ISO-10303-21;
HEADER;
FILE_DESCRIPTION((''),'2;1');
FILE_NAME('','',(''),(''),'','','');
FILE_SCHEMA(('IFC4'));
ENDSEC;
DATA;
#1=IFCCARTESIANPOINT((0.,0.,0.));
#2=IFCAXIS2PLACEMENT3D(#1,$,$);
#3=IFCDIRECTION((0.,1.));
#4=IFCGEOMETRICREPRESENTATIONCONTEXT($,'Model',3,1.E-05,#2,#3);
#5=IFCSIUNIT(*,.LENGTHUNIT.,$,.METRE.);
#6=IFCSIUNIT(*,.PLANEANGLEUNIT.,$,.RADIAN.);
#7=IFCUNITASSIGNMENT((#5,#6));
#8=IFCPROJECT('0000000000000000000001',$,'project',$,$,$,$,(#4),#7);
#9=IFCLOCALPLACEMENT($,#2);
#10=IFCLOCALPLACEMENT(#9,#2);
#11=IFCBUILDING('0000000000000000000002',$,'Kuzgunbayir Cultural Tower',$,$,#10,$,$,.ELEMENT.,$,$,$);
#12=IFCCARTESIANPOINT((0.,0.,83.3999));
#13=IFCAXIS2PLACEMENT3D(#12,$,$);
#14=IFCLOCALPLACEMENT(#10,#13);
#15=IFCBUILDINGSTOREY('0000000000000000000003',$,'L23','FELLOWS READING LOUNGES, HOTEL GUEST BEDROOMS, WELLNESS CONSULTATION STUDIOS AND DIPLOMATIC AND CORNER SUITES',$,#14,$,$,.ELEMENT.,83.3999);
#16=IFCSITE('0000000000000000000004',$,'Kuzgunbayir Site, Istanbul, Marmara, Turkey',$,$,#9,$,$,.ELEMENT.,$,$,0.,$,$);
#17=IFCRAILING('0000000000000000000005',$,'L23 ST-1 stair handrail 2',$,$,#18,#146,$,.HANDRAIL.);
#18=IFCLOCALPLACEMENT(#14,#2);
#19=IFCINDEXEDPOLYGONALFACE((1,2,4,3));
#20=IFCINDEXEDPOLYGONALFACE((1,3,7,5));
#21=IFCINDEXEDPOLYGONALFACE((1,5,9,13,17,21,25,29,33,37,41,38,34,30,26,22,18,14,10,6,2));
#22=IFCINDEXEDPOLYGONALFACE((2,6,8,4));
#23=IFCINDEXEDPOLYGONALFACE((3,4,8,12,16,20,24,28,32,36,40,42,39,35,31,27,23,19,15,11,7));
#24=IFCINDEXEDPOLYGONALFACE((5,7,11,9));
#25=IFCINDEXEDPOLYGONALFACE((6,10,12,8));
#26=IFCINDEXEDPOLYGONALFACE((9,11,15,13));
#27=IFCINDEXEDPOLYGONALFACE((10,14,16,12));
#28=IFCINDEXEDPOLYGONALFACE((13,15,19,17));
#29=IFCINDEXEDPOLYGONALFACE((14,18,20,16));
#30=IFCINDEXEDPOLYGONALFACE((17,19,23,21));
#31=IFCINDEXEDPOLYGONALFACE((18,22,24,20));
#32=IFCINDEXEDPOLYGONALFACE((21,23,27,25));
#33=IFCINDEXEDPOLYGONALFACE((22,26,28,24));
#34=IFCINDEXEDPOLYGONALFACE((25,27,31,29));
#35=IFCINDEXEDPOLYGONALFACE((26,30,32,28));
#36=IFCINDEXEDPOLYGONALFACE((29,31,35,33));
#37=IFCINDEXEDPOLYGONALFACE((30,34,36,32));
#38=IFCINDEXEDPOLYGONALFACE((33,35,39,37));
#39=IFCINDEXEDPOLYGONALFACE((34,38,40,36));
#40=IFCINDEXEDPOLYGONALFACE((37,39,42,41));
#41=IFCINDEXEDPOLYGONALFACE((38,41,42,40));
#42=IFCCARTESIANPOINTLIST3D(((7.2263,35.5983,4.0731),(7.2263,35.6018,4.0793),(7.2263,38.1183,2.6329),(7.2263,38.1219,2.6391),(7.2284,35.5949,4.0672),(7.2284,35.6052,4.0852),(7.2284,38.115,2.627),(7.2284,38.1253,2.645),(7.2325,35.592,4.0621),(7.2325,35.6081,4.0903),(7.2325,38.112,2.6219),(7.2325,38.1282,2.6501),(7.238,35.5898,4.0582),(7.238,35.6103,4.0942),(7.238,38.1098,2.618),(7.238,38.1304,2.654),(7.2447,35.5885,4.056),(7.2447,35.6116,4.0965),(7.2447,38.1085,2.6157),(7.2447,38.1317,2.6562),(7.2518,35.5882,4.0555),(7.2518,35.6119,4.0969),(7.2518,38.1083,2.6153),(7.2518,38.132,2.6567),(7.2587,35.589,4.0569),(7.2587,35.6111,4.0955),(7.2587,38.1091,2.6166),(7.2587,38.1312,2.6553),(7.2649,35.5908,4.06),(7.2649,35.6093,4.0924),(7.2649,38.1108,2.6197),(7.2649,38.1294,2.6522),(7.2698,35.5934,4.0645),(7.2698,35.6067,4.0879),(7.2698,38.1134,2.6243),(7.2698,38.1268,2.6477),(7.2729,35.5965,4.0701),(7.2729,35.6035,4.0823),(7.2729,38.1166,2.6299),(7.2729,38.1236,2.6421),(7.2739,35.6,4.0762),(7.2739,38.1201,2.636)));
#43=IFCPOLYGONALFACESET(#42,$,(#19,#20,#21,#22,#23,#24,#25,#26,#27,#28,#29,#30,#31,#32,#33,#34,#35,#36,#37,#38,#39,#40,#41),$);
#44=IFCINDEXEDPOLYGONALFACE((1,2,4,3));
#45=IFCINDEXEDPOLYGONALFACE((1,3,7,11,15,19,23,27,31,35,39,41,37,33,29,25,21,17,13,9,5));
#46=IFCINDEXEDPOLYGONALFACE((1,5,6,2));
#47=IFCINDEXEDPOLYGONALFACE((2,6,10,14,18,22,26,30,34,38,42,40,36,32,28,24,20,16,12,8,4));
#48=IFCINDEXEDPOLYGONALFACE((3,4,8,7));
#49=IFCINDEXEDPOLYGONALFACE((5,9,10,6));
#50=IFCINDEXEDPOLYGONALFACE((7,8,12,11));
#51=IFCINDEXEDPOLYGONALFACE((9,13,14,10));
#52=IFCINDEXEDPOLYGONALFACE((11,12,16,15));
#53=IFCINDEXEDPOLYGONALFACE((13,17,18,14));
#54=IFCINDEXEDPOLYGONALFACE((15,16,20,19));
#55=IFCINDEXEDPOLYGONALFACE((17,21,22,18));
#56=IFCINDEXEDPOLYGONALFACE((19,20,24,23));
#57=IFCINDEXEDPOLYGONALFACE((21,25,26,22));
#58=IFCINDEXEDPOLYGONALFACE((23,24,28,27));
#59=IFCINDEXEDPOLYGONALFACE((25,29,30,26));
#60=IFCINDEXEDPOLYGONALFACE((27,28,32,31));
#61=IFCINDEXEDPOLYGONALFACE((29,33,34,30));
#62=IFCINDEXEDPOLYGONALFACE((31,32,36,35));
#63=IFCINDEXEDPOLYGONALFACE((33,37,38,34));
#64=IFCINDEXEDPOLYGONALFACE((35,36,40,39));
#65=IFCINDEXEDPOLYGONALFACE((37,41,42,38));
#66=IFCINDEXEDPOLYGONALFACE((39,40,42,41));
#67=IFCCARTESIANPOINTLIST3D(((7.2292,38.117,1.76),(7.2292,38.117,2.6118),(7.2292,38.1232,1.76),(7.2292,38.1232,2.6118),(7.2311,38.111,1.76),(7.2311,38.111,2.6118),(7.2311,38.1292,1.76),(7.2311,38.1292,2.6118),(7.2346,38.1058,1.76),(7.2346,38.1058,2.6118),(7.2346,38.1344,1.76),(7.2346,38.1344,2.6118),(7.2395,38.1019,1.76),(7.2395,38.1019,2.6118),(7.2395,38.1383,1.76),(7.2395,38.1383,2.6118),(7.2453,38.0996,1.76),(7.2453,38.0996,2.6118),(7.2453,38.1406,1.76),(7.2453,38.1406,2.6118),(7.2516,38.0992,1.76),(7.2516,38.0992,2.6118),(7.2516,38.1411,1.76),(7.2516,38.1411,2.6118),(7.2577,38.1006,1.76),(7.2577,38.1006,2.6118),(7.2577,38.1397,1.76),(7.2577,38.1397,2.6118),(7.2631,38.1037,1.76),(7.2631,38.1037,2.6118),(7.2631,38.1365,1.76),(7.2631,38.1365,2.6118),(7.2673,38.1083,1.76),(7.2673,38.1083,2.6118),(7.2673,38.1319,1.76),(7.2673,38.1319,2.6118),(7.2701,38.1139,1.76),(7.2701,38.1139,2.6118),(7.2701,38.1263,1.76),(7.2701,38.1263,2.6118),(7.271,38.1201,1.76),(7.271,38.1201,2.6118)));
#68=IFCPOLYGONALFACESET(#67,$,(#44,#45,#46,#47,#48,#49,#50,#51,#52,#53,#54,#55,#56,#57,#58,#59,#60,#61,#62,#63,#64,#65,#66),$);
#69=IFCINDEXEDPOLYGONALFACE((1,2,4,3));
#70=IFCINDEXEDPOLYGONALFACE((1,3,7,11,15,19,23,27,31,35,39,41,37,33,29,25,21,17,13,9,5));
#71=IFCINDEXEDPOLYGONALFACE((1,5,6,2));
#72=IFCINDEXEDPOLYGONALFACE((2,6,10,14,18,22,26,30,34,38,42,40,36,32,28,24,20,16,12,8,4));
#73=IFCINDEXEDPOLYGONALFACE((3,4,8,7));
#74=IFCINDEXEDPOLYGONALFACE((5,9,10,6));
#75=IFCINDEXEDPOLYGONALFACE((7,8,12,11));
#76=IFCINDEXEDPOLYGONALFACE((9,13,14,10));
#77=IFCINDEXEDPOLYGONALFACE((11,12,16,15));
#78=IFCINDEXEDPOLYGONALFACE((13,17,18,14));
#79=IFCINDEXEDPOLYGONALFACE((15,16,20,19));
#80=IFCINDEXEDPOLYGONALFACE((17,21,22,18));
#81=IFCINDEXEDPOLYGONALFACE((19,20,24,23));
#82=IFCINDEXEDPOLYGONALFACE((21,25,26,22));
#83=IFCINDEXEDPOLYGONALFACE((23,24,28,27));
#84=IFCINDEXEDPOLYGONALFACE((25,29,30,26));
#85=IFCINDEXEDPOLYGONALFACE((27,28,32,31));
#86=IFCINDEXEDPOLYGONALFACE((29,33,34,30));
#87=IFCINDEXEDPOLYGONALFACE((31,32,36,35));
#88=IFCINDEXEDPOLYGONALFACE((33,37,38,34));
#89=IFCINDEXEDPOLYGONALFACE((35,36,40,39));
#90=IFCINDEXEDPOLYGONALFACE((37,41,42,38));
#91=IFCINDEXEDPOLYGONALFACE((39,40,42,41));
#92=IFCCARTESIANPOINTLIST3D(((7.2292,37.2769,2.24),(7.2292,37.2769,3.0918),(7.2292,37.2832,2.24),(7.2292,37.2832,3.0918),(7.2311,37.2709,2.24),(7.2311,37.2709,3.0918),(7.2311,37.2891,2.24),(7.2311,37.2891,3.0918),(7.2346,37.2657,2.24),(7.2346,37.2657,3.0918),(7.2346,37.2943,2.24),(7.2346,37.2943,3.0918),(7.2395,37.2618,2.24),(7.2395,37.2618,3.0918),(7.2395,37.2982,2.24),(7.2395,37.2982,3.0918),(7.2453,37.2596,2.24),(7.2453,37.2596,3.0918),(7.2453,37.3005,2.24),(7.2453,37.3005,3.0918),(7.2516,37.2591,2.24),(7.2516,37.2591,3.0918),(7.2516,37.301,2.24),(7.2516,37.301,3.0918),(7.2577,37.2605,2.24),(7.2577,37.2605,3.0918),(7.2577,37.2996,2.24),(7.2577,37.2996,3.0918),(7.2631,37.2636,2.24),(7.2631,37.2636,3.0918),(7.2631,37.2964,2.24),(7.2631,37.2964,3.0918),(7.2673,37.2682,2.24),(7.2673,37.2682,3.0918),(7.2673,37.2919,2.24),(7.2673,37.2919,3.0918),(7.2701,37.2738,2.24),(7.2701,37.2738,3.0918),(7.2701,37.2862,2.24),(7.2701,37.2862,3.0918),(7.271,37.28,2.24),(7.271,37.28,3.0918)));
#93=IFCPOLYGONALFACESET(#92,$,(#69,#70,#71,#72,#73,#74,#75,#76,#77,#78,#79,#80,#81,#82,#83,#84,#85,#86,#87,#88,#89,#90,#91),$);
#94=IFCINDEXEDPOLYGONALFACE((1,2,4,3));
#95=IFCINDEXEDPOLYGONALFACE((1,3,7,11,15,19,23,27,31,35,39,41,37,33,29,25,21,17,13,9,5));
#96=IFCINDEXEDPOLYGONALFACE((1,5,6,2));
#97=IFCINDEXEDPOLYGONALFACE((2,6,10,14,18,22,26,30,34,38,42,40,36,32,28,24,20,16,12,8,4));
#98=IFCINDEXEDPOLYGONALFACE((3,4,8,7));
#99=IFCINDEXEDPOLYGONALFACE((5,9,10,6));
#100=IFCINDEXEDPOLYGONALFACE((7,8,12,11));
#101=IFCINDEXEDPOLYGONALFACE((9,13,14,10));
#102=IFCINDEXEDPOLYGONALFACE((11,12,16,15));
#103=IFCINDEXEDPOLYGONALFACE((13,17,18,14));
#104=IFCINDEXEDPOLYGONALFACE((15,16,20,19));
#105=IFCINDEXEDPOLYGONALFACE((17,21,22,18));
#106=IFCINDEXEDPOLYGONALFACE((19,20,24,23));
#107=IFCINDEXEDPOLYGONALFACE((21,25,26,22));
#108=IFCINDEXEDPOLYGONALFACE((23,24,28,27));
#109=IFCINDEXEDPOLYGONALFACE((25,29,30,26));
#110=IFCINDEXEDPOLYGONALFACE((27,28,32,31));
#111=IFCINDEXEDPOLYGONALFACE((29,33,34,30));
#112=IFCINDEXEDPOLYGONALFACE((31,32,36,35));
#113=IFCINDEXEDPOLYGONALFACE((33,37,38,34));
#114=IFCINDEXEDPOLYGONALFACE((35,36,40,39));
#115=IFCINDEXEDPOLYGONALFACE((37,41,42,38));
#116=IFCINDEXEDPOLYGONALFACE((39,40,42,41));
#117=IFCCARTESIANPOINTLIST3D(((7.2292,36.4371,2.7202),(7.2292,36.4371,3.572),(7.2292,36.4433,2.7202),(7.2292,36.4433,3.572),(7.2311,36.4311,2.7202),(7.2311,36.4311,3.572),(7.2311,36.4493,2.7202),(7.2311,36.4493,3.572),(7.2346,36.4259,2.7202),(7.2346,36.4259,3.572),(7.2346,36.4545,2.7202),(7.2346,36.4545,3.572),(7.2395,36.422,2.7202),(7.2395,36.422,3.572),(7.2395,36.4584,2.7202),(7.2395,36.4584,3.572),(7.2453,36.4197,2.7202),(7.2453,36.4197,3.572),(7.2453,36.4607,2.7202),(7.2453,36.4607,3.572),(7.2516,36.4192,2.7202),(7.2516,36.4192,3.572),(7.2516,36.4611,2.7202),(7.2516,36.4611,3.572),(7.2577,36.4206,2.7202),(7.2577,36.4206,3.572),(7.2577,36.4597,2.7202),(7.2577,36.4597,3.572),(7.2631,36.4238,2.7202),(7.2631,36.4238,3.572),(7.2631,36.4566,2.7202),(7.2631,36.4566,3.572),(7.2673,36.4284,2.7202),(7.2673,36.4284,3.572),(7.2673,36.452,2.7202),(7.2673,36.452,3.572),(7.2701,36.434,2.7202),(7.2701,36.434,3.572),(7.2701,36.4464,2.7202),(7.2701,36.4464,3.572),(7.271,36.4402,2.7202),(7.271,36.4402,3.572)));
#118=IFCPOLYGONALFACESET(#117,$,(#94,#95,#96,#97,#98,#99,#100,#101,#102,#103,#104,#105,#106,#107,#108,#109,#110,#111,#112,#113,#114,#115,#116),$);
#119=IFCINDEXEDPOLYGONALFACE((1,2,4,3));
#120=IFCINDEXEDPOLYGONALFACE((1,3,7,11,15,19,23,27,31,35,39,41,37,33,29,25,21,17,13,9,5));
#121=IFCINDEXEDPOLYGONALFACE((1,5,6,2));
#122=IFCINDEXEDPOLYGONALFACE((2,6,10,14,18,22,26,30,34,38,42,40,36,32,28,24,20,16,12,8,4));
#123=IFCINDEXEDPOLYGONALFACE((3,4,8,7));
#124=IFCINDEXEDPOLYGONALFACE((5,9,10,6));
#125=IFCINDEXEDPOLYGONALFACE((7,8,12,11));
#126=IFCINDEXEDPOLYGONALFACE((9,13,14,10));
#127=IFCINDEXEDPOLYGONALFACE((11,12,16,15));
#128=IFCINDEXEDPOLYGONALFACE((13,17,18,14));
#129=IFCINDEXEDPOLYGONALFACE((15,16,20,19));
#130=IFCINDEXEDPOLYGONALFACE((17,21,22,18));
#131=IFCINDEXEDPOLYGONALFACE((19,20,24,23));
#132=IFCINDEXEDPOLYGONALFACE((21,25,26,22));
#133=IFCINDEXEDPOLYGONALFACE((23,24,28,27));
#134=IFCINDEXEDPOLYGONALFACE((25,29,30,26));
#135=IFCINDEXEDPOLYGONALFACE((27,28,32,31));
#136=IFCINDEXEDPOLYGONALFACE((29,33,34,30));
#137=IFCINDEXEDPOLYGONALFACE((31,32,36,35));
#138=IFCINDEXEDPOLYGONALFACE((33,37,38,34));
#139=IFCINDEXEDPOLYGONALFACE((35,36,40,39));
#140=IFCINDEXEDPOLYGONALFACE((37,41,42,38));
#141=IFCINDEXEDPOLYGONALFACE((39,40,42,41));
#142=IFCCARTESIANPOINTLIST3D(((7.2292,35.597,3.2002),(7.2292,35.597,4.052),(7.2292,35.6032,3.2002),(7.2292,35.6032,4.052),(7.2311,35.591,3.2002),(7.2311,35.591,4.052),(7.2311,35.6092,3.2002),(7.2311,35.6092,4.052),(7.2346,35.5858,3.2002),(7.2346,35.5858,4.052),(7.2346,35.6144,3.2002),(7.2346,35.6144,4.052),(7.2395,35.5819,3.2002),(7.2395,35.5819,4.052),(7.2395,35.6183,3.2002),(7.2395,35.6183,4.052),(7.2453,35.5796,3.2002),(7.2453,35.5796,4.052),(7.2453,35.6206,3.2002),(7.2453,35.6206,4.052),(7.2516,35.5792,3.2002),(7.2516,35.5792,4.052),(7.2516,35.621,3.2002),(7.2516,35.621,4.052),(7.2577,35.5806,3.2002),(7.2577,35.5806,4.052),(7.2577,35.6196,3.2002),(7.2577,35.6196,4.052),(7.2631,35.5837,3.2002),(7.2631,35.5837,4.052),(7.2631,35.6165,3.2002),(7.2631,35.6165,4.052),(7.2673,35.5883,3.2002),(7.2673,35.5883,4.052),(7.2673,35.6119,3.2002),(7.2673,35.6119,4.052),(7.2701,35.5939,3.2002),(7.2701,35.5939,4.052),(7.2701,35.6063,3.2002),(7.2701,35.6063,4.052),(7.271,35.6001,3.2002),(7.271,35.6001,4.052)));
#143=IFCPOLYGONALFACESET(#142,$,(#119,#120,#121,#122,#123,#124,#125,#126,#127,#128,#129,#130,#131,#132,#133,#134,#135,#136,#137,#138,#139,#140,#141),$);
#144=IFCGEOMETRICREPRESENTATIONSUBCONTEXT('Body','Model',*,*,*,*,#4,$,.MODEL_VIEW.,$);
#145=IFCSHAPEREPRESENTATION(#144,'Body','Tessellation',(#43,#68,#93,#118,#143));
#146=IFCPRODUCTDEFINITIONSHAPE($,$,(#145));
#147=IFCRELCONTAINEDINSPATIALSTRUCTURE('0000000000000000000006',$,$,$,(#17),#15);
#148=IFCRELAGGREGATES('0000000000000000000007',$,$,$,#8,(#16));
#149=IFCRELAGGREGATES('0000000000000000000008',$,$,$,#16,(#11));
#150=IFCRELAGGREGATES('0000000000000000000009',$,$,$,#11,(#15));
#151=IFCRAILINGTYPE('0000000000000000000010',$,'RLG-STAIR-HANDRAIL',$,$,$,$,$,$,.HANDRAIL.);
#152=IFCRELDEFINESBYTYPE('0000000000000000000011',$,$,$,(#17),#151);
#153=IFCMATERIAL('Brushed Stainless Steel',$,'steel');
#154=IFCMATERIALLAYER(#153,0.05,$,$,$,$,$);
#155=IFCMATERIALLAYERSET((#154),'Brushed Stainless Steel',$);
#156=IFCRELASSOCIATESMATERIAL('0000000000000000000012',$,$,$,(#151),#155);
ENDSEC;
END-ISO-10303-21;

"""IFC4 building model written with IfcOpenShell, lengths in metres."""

from ifc_helpers import new_model, si_unit, direction, frame, origin, origin_2d, place, context, subcontext, project, spatial, circle, extrude, material, layer, layer_set, type_object, element, save


model = new_model("IFC4")

# Units and contexts
model_context = context("Model", 3, precision=1e-05, world=origin(), true_north=direction((0.0, 1.0)))
body_context = subcontext(model_context, "Body", "Model", "MODEL_VIEW")
ifc_project = project(units=[si_unit("LENGTHUNIT", "METRE"), si_unit("PLANEANGLEUNIT", "RADIAN")], contexts=[model_context])

# Site, building, storey
site_placement = place(None, origin())
site = spatial("IfcSite", under=ifc_project, at=site_placement, Name="Kuzgunbayir Site, Istanbul, Marmara, Turkey", CompositionType="ELEMENT", RefElevation=0.0)
building_placement = place(site_placement, origin())
building = spatial("IfcBuilding", under=site, at=building_placement, Name="Kuzgunbayir Cultural Tower", CompositionType="ELEMENT")
storey_placement = place(building_placement, frame((0.0, 0.0, 83.3999)))
storey = spatial("IfcBuildingStorey", under=building, at=storey_placement, Name="L23", Description="FELLOWS READING LOUNGES, HOTEL GUEST BEDROOMS, WELLNESS CONSULTATION STUDIOS AND DIPLOMATIC AND CORNER SUITES", CompositionType="ELEMENT", Elevation=83.3999)

# Shared definitions
ifc_material_1 = material(Name="Brushed Stainless Steel", Category="steel")

# Railing
ifc_layer_1 = layer(ifc_material_1, 0.05)
ifc_layer_set_1 = layer_set([ifc_layer_1], Name="Brushed Stainless Steel")
railing_type_1 = type_object("IfcRailingType", Name="RLG-STAIR-HANDRAIL", PredefinedType="HANDRAIL", material=ifc_layer_set_1)
railing_1_placement = place(storey_placement, frame((7.25, 38.1201, 1.76)))
element("IfcRailing", 1, at=railing_1_placement, inside=storey, type_object=railing_type_1, Name="L23 ST-1 stair handrail 2", PredefinedType="HANDRAIL", context=body_context, shape_type="SweptSolid", body=[
    extrude(circle(Radius=0.0239, at=origin_2d()), frame((0.0, 0.0, 0.876), z_axis=(0.0, -0.868217, 0.496184), x_axis=(1.0, 0.0, 0.0)), (0.0, 0.0, 1.0), 2.9026),
    extrude(circle(Radius=0.021, at=origin_2d()), origin(), (0.0, 0.0, 1.0), 0.8518),
    extrude(circle(Radius=0.021, at=origin_2d()), frame((0.0, -0.8401, 0.48)), (0.0, 0.0, 1.0), 0.8518),
    extrude(circle(Radius=0.021, at=origin_2d()), frame((0.0, -1.6799, 0.9602)), (0.0, 0.0, 1.0), 0.8518),
    extrude(circle(Radius=0.021, at=origin_2d()), frame((0.0, -2.52, 1.4402)), (0.0, 0.0, 1.0), 0.8518),
])

save(model, "model.ifc")
